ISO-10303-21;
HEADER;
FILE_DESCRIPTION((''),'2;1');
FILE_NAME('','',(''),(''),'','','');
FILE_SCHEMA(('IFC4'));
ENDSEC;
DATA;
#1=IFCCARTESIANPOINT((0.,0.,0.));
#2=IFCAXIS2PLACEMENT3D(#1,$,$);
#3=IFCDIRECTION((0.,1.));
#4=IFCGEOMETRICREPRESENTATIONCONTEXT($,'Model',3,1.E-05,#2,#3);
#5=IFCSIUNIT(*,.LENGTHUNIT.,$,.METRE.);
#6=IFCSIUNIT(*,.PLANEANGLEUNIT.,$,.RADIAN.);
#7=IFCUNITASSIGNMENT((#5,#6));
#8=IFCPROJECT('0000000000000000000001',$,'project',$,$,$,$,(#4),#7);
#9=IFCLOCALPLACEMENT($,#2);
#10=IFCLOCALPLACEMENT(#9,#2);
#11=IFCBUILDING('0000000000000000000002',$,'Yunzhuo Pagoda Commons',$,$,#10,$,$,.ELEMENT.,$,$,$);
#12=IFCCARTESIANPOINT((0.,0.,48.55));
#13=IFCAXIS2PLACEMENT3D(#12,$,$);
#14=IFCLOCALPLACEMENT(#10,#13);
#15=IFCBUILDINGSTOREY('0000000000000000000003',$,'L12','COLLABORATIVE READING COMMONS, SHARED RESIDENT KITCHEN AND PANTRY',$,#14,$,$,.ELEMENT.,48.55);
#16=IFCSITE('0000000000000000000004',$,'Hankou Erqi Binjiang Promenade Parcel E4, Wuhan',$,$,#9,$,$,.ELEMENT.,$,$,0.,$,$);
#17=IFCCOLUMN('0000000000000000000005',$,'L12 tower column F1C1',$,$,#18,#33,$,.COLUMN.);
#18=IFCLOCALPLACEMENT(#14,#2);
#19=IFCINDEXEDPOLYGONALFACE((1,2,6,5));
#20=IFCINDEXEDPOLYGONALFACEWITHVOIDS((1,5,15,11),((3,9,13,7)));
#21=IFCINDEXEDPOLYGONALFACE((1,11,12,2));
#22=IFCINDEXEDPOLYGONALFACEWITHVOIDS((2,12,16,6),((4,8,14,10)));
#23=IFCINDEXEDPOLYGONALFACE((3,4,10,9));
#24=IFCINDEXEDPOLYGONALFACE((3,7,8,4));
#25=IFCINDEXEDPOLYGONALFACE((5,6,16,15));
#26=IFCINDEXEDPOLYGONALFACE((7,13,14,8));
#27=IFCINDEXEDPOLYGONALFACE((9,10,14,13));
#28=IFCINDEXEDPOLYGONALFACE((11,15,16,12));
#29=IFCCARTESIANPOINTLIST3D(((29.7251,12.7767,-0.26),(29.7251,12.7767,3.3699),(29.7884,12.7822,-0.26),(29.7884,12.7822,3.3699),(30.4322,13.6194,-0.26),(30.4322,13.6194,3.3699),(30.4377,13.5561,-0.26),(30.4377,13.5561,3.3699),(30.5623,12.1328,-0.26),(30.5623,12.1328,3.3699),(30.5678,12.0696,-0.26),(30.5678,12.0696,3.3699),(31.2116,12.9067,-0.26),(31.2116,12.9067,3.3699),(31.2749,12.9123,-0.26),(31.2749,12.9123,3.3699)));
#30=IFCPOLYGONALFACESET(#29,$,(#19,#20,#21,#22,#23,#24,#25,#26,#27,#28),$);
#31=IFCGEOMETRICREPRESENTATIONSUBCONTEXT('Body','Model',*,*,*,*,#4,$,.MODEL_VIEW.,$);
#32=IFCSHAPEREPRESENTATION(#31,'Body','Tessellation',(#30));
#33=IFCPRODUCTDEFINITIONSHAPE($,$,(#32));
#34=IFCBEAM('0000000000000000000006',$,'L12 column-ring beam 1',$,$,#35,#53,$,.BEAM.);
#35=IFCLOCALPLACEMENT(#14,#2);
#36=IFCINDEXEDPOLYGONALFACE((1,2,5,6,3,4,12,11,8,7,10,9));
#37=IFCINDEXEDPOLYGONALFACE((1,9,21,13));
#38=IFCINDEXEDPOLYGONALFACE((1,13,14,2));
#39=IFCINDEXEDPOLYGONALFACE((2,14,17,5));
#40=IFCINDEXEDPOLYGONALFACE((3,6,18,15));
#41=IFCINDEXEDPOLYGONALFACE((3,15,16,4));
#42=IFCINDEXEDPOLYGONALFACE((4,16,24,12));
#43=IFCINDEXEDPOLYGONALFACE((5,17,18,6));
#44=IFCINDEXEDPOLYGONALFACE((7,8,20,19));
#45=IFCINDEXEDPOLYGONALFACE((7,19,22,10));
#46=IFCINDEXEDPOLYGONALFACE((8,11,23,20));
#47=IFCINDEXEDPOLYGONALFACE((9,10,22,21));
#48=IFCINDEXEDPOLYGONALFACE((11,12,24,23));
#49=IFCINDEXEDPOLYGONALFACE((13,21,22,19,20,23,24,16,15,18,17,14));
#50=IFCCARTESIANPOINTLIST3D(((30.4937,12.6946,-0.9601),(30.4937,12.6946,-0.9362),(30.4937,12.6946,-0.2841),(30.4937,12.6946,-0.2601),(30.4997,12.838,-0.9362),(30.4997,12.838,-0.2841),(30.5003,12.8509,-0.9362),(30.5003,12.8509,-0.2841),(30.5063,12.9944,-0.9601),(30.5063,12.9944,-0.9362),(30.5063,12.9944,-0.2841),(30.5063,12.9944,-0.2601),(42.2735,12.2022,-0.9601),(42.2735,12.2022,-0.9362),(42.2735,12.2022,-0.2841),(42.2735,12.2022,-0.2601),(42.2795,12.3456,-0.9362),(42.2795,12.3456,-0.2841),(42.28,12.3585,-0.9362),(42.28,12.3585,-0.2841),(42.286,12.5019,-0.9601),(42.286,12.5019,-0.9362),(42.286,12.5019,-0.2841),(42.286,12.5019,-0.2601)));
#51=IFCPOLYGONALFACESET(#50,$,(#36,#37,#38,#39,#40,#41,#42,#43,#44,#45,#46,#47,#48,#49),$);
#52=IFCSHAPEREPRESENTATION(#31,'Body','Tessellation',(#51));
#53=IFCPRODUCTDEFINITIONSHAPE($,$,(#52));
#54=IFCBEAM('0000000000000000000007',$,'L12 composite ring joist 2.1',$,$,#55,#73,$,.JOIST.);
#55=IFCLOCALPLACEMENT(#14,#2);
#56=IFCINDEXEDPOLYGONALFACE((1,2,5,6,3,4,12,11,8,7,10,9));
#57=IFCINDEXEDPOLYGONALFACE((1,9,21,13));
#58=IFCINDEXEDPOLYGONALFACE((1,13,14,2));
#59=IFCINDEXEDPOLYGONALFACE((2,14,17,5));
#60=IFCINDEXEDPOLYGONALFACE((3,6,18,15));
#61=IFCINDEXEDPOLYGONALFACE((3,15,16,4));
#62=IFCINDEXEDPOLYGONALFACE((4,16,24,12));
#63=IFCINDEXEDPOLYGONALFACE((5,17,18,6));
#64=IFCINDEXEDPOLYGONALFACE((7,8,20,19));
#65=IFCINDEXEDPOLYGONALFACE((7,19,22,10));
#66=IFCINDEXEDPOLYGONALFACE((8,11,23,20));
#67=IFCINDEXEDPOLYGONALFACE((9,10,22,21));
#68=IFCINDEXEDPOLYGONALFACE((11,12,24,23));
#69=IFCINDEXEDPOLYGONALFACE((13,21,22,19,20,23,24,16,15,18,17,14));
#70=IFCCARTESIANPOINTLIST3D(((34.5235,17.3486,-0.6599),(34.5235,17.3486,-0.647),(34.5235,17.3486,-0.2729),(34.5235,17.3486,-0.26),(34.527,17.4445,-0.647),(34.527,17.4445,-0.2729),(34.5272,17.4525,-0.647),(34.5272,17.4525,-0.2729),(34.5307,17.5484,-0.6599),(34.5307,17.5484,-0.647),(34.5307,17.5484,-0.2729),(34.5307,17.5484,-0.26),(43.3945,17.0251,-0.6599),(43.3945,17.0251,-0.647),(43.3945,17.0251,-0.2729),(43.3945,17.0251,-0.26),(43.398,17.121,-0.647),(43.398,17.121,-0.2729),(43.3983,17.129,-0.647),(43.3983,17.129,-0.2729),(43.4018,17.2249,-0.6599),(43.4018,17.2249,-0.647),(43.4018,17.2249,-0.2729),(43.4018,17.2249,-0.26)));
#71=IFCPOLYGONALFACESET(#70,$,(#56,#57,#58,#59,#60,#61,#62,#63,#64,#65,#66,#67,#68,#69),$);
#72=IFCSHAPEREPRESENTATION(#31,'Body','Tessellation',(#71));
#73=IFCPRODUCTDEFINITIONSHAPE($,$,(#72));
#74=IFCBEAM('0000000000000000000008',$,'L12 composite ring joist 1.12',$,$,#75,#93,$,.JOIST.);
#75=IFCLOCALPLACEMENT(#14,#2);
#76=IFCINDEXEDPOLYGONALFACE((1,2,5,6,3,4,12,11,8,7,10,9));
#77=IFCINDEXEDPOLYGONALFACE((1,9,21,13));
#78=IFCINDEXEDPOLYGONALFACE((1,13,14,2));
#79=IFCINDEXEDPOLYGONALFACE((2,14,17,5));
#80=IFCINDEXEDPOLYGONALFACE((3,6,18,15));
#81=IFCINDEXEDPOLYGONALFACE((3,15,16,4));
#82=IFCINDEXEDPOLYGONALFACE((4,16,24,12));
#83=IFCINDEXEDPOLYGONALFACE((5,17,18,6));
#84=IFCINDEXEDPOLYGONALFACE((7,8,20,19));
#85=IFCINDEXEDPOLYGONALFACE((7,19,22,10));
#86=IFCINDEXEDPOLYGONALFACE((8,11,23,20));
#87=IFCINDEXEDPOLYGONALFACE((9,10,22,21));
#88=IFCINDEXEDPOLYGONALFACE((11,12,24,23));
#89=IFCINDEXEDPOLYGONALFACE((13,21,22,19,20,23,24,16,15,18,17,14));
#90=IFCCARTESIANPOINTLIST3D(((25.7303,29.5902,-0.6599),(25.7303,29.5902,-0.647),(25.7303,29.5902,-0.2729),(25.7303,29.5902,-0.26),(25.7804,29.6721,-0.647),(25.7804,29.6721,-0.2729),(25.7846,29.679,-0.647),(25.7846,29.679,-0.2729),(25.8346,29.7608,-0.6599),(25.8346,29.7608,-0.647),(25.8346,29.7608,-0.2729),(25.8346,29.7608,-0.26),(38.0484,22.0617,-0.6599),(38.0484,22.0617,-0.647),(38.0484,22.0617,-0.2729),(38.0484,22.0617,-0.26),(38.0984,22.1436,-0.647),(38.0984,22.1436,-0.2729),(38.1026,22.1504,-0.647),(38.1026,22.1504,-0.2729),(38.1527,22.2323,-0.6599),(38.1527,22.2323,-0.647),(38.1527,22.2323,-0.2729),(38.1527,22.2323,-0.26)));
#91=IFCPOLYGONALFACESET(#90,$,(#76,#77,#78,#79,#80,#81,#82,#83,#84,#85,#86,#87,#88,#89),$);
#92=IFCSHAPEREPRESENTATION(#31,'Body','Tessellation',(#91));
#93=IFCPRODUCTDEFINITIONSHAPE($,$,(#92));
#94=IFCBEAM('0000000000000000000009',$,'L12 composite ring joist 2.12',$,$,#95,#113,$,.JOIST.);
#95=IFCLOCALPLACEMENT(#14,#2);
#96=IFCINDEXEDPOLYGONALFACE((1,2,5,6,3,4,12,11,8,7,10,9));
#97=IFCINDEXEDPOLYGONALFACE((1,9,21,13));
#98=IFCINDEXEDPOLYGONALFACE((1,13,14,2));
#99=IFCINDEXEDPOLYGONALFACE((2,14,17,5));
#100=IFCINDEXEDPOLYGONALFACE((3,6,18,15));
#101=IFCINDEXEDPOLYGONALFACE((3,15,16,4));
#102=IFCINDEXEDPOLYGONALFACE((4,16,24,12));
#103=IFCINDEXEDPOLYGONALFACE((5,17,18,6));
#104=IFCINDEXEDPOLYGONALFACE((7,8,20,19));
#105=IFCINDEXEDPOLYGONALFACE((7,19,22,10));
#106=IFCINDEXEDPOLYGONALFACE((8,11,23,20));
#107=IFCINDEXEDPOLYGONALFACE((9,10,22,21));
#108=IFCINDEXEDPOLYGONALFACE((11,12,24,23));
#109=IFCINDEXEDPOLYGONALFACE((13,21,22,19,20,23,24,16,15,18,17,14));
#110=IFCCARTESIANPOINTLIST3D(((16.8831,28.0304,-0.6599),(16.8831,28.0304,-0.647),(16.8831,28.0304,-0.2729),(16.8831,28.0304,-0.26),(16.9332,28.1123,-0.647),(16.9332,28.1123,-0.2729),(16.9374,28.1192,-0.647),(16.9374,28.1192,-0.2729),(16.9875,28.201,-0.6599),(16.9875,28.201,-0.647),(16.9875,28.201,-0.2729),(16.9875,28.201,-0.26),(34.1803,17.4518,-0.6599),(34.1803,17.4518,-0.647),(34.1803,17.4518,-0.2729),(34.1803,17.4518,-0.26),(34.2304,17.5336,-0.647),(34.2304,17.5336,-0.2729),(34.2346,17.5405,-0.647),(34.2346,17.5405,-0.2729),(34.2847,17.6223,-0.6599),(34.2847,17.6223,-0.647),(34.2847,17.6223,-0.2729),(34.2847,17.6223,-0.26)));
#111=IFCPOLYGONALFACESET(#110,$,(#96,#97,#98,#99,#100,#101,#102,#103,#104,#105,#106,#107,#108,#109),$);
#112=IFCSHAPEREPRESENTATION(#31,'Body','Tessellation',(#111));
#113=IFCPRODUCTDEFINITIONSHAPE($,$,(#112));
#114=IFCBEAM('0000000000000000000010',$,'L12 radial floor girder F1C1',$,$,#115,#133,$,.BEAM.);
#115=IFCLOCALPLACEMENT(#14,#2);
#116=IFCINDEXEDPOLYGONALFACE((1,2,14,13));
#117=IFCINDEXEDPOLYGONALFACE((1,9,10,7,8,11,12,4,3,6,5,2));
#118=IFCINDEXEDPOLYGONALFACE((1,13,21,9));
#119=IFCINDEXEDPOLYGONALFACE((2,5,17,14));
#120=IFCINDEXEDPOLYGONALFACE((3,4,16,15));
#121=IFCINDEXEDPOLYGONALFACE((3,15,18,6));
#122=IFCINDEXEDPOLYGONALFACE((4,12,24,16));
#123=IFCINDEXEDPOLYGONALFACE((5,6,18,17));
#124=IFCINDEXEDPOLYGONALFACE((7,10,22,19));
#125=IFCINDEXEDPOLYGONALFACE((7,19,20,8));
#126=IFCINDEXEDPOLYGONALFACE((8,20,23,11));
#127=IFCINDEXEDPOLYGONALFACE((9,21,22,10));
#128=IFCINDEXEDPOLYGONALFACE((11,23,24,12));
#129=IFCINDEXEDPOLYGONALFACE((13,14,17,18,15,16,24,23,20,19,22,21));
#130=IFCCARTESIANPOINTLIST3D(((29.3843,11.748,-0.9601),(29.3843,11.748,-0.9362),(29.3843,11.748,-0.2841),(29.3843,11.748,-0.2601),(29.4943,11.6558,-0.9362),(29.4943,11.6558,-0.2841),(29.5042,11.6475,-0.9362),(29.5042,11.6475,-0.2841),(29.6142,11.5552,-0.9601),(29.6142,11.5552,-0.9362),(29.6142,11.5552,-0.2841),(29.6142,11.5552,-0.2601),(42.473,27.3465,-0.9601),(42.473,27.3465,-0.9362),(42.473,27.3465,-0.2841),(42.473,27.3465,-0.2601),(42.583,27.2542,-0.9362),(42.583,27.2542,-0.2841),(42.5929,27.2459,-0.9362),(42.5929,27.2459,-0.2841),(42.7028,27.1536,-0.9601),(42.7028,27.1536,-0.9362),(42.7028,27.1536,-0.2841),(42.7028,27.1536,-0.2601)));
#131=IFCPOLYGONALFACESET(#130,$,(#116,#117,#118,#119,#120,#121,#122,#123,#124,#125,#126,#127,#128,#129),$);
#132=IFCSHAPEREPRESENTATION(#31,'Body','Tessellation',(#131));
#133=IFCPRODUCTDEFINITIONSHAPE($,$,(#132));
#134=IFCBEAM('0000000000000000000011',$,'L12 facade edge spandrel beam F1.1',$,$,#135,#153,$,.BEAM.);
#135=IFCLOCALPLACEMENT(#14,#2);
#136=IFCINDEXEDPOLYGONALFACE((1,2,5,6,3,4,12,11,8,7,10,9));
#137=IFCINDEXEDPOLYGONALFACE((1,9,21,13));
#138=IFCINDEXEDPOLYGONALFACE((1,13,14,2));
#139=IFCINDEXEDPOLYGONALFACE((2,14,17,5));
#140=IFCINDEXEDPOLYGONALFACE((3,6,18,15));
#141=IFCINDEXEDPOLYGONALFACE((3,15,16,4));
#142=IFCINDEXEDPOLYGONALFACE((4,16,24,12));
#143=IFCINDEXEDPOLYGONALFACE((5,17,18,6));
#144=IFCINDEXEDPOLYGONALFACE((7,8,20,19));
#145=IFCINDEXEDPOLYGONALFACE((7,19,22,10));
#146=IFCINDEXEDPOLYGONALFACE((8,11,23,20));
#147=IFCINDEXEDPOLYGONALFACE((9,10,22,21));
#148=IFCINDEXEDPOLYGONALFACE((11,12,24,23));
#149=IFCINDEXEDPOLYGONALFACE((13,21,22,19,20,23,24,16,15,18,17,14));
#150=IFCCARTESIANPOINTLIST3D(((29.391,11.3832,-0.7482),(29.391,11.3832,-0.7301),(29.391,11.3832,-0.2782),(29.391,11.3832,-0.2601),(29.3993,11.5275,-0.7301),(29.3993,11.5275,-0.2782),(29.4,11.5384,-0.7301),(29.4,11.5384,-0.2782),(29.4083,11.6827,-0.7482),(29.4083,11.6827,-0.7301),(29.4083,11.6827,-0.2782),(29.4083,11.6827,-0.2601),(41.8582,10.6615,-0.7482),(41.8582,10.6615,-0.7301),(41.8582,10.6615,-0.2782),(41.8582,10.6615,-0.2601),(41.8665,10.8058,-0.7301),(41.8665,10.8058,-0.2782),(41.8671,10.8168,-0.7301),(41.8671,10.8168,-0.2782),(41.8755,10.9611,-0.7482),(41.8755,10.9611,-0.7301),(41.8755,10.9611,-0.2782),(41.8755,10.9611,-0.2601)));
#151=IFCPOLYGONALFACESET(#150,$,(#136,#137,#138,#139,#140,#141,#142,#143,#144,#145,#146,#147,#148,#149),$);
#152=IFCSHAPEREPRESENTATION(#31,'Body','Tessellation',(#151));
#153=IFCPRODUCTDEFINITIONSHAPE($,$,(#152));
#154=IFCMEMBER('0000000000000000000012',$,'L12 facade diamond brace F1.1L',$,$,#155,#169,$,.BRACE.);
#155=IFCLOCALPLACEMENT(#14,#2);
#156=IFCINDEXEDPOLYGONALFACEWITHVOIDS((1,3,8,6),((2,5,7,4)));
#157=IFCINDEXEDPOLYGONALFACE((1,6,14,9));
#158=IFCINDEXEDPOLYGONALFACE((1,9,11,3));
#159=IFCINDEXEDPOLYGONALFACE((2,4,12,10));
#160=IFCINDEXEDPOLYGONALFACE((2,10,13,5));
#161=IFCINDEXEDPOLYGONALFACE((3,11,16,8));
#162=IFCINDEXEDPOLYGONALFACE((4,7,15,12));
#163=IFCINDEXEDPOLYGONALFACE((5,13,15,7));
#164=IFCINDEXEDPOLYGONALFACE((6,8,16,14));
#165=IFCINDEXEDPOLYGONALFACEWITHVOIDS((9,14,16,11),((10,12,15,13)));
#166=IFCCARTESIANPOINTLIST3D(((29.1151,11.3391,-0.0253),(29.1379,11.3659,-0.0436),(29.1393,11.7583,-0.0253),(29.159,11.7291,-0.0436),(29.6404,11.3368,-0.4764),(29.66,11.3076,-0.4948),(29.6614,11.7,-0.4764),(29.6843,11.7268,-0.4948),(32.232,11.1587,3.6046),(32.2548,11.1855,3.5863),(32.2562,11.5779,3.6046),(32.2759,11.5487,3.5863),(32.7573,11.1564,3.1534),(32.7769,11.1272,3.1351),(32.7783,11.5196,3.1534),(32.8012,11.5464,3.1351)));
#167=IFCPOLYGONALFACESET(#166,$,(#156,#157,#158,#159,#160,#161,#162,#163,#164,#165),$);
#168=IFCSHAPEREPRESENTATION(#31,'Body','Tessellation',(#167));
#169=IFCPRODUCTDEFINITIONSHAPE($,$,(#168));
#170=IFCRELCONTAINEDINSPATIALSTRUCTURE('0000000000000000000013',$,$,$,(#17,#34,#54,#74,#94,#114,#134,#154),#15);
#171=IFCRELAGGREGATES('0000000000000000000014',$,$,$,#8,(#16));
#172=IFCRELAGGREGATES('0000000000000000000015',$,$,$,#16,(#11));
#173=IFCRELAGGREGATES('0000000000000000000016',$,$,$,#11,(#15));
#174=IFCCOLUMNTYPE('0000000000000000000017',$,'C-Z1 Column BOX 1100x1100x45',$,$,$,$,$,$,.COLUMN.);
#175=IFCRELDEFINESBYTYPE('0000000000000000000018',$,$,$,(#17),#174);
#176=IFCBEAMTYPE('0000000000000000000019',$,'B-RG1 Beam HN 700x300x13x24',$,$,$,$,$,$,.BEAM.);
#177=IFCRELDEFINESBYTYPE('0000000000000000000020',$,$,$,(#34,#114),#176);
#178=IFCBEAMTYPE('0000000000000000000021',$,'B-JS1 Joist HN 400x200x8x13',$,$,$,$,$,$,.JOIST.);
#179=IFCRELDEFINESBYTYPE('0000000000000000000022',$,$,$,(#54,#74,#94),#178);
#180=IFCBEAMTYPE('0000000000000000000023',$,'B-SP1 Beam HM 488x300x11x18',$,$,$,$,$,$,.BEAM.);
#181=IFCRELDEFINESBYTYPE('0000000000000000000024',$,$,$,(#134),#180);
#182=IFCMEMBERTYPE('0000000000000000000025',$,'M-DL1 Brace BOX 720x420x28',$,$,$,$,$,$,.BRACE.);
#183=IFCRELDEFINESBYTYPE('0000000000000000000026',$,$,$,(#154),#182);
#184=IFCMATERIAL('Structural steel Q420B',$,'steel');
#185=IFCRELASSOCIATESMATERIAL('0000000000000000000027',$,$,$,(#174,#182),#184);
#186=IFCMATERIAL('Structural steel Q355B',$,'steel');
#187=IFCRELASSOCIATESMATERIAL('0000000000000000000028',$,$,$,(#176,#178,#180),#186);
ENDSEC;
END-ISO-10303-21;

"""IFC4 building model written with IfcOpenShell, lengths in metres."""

from ifc_helpers import new_model, si_unit, direction, frame, origin, origin_2d, place, context, subcontext, project, spatial, hollow_rectangle, i_section, extrude, source, transform, mapped, material, material_profile, profile_set, type_object, element, save


model = new_model("IFC4")

# Units and contexts
model_context = context("Model", 3, precision=1e-05, world=origin(), true_north=direction((0.0, 1.0)))
body_context = subcontext(model_context, "Body", "Model", "MODEL_VIEW")
ifc_project = project(units=[si_unit("LENGTHUNIT", "METRE"), si_unit("PLANEANGLEUNIT", "RADIAN")], contexts=[model_context])

# Site, building, storey
site_placement = place(None, origin())
site = spatial("IfcSite", under=ifc_project, at=site_placement, Name="Hankou Erqi Binjiang Promenade Parcel E4, Wuhan", CompositionType="ELEMENT", RefElevation=0.0)
building_placement = place(site_placement, origin())
building = spatial("IfcBuilding", under=site, at=building_placement, Name="Yunzhuo Pagoda Commons", CompositionType="ELEMENT")
storey_placement = place(building_placement, frame((0.0, 0.0, 48.55)))
storey = spatial("IfcBuildingStorey", under=building, at=storey_placement, Name="L12", Description="COLLABORATIVE READING COMMONS, SHARED RESIDENT KITCHEN AND PANTRY", CompositionType="ELEMENT", Elevation=48.55)

# Column
ifc_material_1 = material(Name="Structural steel Q420B", Category="steel")
ifc_material_profile_1 = material_profile(ifc_material_1, hollow_rectangle(XDim=1.1001, YDim=1.1001, WallThickness=0.0449, at=origin_2d()), Name="Structural steel Q420B")
ifc_profile_set_1 = profile_set([ifc_material_profile_1], Name="Structural steel Q420B")
column_type = type_object("IfcColumnType", Name="C-Z1 Column BOX 1100x1100x45", PredefinedType="COLUMN", material=ifc_profile_set_1)
shared_shape_1 = source(origin(), body_context, "Body", "SweptSolid", [
    extrude(hollow_rectangle(XDim=1.1001, YDim=1.1001, WallThickness=0.0449, at=origin_2d()), origin(), (0.0, 0.0, 1.0), 3.6299),
])
column_placement = place(storey_placement, frame((30.5, 12.8445, -0.26), z_axis=(0.0, 0.0, 1.0), x_axis=(0.766044, -0.642788, 0.0)))
element("IfcColumn", 1, at=column_placement, inside=storey, type_object=column_type, Name="L12 tower column F1C1", PredefinedType="COLUMN", context=body_context, shape_type="MappedRepresentation", body=[
    mapped(shared_shape_1, transform((0.0, 0.0, 0.0), scale=1.0)),
])

# Beams
ifc_material_2 = material(Name="Structural steel Q355B", Category="steel")
ifc_material_profile_2 = material_profile(ifc_material_2, i_section(OverallWidth=0.3, OverallDepth=0.7, WebThickness=0.0129, FlangeThickness=0.0239, at=origin_2d()), Name="Structural steel Q355B")
ifc_profile_set_2 = profile_set([ifc_material_profile_2], Name="Structural steel Q355B")
beam_type_1 = type_object("IfcBeamType", Name="B-RG1 Beam HN 700x300x13x24", PredefinedType="BEAM", material=ifc_profile_set_2)
shared_shape_2 = source(origin(), body_context, "Body", "SweptSolid", [
    extrude(i_section(OverallWidth=0.3, OverallDepth=0.7, WebThickness=0.0129, FlangeThickness=0.0239, at=origin_2d()), origin(), (0.0, 0.0, 1.0), 11.79),
])
beam_1_placement = place(storey_placement, frame((30.5, 12.8445, -0.6101), z_axis=(0.999127, -0.041767, 0.0), x_axis=(0.041767, 0.999127, 0.0)))
element("IfcBeam", 2, at=beam_1_placement, inside=storey, type_object=beam_type_1, Name="L12 column-ring beam 1", PredefinedType="BEAM", context=body_context, shape_type="MappedRepresentation", body=[
    mapped(shared_shape_2, transform((0.0, 0.0, 0.0), scale=1.0)),
])
ifc_material_profile_3 = material_profile(ifc_material_2, i_section(OverallWidth=0.2, OverallDepth=0.3999, WebThickness=0.0081, FlangeThickness=0.0129, at=origin_2d()), Name="Structural steel Q355B")
ifc_profile_set_3 = profile_set([ifc_material_profile_3], Name="Structural steel Q355B")
beam_type_2 = type_object("IfcBeamType", Name="B-JS1 Joist HN 400x200x8x13", PredefinedType="JOIST", material=ifc_profile_set_3)
shared_shape_3 = source(origin(), body_context, "Body", "SweptSolid", [
    extrude(i_section(OverallWidth=0.2, OverallDepth=0.3999, WebThickness=0.0081, FlangeThickness=0.0129, at=origin_2d()), origin(), (0.0, 0.0, 1.0), 8.877),
])
beam_2_placement = place(storey_placement, frame((34.5271, 17.4485, -0.46), z_axis=(0.999336, -0.036441, 0.0), x_axis=(0.036441, 0.999336, 0.0)))
element("IfcBeam", 3, at=beam_2_placement, inside=storey, type_object=beam_type_2, Name="L12 composite ring joist 2.1", PredefinedType="JOIST", context=body_context, shape_type="MappedRepresentation", body=[
    mapped(shared_shape_3, transform((0.0, 0.0, 0.0), scale=1.0)),
])
shared_shape_4 = source(origin(), body_context, "Body", "SweptSolid", [
    extrude(i_section(OverallWidth=0.2, OverallDepth=0.3999, WebThickness=0.0081, FlangeThickness=0.0129, at=origin_2d()), origin(), (0.0, 0.0, 1.0), 14.4365),
])
beam_3_placement = place(storey_placement, frame((25.7825, 29.6755, -0.46), z_axis=(0.853256, -0.521492, 0.0), x_axis=(0.521492, 0.853256, 0.0)))
element("IfcBeam", 4, at=beam_3_placement, inside=storey, type_object=beam_type_2, Name="L12 composite ring joist 1.12", PredefinedType="JOIST", context=body_context, shape_type="MappedRepresentation", body=[
    mapped(shared_shape_4, transform((0.0, 0.0, 0.0), scale=1.0)),
])
shared_shape_5 = source(origin(), body_context, "Body", "SweptSolid", [
    extrude(i_section(OverallWidth=0.2, OverallDepth=0.3999, WebThickness=0.0081, FlangeThickness=0.0129, at=origin_2d()), origin(), (0.0, 0.0, 1.0), 20.2756),
])
beam_4_placement = place(storey_placement, frame((16.9353, 28.1157, -0.46), z_axis=(0.853103, -0.521743, 0.0), x_axis=(0.521743, 0.853103, 0.0)))
element("IfcBeam", 5, at=beam_4_placement, inside=storey, type_object=beam_type_2, Name="L12 composite ring joist 2.12", PredefinedType="JOIST", context=body_context, shape_type="MappedRepresentation", body=[
    mapped(shared_shape_5, transform((0.0, 0.0, 0.0), scale=1.0)),
])
shared_shape_6 = source(origin(), body_context, "Body", "SweptSolid", [
    extrude(i_section(OverallWidth=0.3, OverallDepth=0.7, WebThickness=0.0129, FlangeThickness=0.0239, at=origin_2d()), origin(), (0.0, 0.0, 1.0), 20.3623),
])
beam_5_placement = place(storey_placement, frame((29.4993, 11.6516, -0.6101), z_axis=(0.642788, 0.766044, 0.0), x_axis=(-0.766044, 0.642788, 0.0)))
element("IfcBeam", 6, at=beam_5_placement, inside=storey, type_object=beam_type_1, Name="L12 radial floor girder F1C1", PredefinedType="BEAM", context=body_context, shape_type="MappedRepresentation", body=[
    mapped(shared_shape_6, transform((0.0, 0.0, 0.0), scale=1.0)),
])
ifc_material_profile_4 = material_profile(ifc_material_2, i_section(OverallWidth=0.3, OverallDepth=0.488, WebThickness=0.011, FlangeThickness=0.0181, at=origin_2d()), Name="Structural steel Q355B")
ifc_profile_set_4 = profile_set([ifc_material_profile_4], Name="Structural steel Q355B")
beam_type_3 = type_object("IfcBeamType", Name="B-SP1 Beam HM 488x300x11x18", PredefinedType="BEAM", material=ifc_profile_set_4)
shared_shape_7 = source(origin(), body_context, "Body", "SweptSolid", [
    extrude(i_section(OverallWidth=0.3, OverallDepth=0.488, WebThickness=0.011, FlangeThickness=0.0181, at=origin_2d()), origin(), (0.0, 0.0, 1.0), 12.488),
])
beam_6_placement = place(storey_placement, frame((29.3997, 11.533, -0.5042), z_axis=(0.998329, -0.057789, 0.0), x_axis=(0.057789, 0.998329, 0.0)))
element("IfcBeam", 7, at=beam_6_placement, inside=storey, type_object=beam_type_3, Name="L12 facade edge spandrel beam F1.1", PredefinedType="BEAM", context=body_context, shape_type="MappedRepresentation", body=[
    mapped(shared_shape_7, transform((0.0, 0.0, 0.0), scale=1.0)),
])

# Member
ifc_material_profile_5 = material_profile(ifc_material_1, hollow_rectangle(XDim=0.4199, YDim=0.72, WallThickness=0.0281, at=origin_2d()), Name="Structural steel Q420B")
ifc_profile_set_5 = profile_set([ifc_material_profile_5], Name="Structural steel Q420B")
member_type_1 = type_object("IfcMemberType", Name="M-DL1 Brace BOX 720x420x28", PredefinedType="BRACE", material=ifc_profile_set_5)
shared_shape_8 = source(origin(), body_context, "Body", "SweptSolid", [
    extrude(hollow_rectangle(XDim=0.4199, YDim=0.72, WallThickness=0.0281, at=origin_2d()), origin(), (0.0, 0.0, 1.0), 4.7878),
])
member_1_placement = place(storey_placement, frame((29.3997, 11.533, -0.26), z_axis=(0.651005, -0.037683, 0.758138), x_axis=(0.057787, 0.998329, 0.0)))
element("IfcMember", 8, at=member_1_placement, inside=storey, type_object=member_type_1, Name="L12 facade diamond brace F1.1L", PredefinedType="BRACE", context=body_context, shape_type="MappedRepresentation", body=[
    mapped(shared_shape_8, transform((0.0, 0.0, 0.0), scale=1.0)),
])

save(model, "model.ifc")
